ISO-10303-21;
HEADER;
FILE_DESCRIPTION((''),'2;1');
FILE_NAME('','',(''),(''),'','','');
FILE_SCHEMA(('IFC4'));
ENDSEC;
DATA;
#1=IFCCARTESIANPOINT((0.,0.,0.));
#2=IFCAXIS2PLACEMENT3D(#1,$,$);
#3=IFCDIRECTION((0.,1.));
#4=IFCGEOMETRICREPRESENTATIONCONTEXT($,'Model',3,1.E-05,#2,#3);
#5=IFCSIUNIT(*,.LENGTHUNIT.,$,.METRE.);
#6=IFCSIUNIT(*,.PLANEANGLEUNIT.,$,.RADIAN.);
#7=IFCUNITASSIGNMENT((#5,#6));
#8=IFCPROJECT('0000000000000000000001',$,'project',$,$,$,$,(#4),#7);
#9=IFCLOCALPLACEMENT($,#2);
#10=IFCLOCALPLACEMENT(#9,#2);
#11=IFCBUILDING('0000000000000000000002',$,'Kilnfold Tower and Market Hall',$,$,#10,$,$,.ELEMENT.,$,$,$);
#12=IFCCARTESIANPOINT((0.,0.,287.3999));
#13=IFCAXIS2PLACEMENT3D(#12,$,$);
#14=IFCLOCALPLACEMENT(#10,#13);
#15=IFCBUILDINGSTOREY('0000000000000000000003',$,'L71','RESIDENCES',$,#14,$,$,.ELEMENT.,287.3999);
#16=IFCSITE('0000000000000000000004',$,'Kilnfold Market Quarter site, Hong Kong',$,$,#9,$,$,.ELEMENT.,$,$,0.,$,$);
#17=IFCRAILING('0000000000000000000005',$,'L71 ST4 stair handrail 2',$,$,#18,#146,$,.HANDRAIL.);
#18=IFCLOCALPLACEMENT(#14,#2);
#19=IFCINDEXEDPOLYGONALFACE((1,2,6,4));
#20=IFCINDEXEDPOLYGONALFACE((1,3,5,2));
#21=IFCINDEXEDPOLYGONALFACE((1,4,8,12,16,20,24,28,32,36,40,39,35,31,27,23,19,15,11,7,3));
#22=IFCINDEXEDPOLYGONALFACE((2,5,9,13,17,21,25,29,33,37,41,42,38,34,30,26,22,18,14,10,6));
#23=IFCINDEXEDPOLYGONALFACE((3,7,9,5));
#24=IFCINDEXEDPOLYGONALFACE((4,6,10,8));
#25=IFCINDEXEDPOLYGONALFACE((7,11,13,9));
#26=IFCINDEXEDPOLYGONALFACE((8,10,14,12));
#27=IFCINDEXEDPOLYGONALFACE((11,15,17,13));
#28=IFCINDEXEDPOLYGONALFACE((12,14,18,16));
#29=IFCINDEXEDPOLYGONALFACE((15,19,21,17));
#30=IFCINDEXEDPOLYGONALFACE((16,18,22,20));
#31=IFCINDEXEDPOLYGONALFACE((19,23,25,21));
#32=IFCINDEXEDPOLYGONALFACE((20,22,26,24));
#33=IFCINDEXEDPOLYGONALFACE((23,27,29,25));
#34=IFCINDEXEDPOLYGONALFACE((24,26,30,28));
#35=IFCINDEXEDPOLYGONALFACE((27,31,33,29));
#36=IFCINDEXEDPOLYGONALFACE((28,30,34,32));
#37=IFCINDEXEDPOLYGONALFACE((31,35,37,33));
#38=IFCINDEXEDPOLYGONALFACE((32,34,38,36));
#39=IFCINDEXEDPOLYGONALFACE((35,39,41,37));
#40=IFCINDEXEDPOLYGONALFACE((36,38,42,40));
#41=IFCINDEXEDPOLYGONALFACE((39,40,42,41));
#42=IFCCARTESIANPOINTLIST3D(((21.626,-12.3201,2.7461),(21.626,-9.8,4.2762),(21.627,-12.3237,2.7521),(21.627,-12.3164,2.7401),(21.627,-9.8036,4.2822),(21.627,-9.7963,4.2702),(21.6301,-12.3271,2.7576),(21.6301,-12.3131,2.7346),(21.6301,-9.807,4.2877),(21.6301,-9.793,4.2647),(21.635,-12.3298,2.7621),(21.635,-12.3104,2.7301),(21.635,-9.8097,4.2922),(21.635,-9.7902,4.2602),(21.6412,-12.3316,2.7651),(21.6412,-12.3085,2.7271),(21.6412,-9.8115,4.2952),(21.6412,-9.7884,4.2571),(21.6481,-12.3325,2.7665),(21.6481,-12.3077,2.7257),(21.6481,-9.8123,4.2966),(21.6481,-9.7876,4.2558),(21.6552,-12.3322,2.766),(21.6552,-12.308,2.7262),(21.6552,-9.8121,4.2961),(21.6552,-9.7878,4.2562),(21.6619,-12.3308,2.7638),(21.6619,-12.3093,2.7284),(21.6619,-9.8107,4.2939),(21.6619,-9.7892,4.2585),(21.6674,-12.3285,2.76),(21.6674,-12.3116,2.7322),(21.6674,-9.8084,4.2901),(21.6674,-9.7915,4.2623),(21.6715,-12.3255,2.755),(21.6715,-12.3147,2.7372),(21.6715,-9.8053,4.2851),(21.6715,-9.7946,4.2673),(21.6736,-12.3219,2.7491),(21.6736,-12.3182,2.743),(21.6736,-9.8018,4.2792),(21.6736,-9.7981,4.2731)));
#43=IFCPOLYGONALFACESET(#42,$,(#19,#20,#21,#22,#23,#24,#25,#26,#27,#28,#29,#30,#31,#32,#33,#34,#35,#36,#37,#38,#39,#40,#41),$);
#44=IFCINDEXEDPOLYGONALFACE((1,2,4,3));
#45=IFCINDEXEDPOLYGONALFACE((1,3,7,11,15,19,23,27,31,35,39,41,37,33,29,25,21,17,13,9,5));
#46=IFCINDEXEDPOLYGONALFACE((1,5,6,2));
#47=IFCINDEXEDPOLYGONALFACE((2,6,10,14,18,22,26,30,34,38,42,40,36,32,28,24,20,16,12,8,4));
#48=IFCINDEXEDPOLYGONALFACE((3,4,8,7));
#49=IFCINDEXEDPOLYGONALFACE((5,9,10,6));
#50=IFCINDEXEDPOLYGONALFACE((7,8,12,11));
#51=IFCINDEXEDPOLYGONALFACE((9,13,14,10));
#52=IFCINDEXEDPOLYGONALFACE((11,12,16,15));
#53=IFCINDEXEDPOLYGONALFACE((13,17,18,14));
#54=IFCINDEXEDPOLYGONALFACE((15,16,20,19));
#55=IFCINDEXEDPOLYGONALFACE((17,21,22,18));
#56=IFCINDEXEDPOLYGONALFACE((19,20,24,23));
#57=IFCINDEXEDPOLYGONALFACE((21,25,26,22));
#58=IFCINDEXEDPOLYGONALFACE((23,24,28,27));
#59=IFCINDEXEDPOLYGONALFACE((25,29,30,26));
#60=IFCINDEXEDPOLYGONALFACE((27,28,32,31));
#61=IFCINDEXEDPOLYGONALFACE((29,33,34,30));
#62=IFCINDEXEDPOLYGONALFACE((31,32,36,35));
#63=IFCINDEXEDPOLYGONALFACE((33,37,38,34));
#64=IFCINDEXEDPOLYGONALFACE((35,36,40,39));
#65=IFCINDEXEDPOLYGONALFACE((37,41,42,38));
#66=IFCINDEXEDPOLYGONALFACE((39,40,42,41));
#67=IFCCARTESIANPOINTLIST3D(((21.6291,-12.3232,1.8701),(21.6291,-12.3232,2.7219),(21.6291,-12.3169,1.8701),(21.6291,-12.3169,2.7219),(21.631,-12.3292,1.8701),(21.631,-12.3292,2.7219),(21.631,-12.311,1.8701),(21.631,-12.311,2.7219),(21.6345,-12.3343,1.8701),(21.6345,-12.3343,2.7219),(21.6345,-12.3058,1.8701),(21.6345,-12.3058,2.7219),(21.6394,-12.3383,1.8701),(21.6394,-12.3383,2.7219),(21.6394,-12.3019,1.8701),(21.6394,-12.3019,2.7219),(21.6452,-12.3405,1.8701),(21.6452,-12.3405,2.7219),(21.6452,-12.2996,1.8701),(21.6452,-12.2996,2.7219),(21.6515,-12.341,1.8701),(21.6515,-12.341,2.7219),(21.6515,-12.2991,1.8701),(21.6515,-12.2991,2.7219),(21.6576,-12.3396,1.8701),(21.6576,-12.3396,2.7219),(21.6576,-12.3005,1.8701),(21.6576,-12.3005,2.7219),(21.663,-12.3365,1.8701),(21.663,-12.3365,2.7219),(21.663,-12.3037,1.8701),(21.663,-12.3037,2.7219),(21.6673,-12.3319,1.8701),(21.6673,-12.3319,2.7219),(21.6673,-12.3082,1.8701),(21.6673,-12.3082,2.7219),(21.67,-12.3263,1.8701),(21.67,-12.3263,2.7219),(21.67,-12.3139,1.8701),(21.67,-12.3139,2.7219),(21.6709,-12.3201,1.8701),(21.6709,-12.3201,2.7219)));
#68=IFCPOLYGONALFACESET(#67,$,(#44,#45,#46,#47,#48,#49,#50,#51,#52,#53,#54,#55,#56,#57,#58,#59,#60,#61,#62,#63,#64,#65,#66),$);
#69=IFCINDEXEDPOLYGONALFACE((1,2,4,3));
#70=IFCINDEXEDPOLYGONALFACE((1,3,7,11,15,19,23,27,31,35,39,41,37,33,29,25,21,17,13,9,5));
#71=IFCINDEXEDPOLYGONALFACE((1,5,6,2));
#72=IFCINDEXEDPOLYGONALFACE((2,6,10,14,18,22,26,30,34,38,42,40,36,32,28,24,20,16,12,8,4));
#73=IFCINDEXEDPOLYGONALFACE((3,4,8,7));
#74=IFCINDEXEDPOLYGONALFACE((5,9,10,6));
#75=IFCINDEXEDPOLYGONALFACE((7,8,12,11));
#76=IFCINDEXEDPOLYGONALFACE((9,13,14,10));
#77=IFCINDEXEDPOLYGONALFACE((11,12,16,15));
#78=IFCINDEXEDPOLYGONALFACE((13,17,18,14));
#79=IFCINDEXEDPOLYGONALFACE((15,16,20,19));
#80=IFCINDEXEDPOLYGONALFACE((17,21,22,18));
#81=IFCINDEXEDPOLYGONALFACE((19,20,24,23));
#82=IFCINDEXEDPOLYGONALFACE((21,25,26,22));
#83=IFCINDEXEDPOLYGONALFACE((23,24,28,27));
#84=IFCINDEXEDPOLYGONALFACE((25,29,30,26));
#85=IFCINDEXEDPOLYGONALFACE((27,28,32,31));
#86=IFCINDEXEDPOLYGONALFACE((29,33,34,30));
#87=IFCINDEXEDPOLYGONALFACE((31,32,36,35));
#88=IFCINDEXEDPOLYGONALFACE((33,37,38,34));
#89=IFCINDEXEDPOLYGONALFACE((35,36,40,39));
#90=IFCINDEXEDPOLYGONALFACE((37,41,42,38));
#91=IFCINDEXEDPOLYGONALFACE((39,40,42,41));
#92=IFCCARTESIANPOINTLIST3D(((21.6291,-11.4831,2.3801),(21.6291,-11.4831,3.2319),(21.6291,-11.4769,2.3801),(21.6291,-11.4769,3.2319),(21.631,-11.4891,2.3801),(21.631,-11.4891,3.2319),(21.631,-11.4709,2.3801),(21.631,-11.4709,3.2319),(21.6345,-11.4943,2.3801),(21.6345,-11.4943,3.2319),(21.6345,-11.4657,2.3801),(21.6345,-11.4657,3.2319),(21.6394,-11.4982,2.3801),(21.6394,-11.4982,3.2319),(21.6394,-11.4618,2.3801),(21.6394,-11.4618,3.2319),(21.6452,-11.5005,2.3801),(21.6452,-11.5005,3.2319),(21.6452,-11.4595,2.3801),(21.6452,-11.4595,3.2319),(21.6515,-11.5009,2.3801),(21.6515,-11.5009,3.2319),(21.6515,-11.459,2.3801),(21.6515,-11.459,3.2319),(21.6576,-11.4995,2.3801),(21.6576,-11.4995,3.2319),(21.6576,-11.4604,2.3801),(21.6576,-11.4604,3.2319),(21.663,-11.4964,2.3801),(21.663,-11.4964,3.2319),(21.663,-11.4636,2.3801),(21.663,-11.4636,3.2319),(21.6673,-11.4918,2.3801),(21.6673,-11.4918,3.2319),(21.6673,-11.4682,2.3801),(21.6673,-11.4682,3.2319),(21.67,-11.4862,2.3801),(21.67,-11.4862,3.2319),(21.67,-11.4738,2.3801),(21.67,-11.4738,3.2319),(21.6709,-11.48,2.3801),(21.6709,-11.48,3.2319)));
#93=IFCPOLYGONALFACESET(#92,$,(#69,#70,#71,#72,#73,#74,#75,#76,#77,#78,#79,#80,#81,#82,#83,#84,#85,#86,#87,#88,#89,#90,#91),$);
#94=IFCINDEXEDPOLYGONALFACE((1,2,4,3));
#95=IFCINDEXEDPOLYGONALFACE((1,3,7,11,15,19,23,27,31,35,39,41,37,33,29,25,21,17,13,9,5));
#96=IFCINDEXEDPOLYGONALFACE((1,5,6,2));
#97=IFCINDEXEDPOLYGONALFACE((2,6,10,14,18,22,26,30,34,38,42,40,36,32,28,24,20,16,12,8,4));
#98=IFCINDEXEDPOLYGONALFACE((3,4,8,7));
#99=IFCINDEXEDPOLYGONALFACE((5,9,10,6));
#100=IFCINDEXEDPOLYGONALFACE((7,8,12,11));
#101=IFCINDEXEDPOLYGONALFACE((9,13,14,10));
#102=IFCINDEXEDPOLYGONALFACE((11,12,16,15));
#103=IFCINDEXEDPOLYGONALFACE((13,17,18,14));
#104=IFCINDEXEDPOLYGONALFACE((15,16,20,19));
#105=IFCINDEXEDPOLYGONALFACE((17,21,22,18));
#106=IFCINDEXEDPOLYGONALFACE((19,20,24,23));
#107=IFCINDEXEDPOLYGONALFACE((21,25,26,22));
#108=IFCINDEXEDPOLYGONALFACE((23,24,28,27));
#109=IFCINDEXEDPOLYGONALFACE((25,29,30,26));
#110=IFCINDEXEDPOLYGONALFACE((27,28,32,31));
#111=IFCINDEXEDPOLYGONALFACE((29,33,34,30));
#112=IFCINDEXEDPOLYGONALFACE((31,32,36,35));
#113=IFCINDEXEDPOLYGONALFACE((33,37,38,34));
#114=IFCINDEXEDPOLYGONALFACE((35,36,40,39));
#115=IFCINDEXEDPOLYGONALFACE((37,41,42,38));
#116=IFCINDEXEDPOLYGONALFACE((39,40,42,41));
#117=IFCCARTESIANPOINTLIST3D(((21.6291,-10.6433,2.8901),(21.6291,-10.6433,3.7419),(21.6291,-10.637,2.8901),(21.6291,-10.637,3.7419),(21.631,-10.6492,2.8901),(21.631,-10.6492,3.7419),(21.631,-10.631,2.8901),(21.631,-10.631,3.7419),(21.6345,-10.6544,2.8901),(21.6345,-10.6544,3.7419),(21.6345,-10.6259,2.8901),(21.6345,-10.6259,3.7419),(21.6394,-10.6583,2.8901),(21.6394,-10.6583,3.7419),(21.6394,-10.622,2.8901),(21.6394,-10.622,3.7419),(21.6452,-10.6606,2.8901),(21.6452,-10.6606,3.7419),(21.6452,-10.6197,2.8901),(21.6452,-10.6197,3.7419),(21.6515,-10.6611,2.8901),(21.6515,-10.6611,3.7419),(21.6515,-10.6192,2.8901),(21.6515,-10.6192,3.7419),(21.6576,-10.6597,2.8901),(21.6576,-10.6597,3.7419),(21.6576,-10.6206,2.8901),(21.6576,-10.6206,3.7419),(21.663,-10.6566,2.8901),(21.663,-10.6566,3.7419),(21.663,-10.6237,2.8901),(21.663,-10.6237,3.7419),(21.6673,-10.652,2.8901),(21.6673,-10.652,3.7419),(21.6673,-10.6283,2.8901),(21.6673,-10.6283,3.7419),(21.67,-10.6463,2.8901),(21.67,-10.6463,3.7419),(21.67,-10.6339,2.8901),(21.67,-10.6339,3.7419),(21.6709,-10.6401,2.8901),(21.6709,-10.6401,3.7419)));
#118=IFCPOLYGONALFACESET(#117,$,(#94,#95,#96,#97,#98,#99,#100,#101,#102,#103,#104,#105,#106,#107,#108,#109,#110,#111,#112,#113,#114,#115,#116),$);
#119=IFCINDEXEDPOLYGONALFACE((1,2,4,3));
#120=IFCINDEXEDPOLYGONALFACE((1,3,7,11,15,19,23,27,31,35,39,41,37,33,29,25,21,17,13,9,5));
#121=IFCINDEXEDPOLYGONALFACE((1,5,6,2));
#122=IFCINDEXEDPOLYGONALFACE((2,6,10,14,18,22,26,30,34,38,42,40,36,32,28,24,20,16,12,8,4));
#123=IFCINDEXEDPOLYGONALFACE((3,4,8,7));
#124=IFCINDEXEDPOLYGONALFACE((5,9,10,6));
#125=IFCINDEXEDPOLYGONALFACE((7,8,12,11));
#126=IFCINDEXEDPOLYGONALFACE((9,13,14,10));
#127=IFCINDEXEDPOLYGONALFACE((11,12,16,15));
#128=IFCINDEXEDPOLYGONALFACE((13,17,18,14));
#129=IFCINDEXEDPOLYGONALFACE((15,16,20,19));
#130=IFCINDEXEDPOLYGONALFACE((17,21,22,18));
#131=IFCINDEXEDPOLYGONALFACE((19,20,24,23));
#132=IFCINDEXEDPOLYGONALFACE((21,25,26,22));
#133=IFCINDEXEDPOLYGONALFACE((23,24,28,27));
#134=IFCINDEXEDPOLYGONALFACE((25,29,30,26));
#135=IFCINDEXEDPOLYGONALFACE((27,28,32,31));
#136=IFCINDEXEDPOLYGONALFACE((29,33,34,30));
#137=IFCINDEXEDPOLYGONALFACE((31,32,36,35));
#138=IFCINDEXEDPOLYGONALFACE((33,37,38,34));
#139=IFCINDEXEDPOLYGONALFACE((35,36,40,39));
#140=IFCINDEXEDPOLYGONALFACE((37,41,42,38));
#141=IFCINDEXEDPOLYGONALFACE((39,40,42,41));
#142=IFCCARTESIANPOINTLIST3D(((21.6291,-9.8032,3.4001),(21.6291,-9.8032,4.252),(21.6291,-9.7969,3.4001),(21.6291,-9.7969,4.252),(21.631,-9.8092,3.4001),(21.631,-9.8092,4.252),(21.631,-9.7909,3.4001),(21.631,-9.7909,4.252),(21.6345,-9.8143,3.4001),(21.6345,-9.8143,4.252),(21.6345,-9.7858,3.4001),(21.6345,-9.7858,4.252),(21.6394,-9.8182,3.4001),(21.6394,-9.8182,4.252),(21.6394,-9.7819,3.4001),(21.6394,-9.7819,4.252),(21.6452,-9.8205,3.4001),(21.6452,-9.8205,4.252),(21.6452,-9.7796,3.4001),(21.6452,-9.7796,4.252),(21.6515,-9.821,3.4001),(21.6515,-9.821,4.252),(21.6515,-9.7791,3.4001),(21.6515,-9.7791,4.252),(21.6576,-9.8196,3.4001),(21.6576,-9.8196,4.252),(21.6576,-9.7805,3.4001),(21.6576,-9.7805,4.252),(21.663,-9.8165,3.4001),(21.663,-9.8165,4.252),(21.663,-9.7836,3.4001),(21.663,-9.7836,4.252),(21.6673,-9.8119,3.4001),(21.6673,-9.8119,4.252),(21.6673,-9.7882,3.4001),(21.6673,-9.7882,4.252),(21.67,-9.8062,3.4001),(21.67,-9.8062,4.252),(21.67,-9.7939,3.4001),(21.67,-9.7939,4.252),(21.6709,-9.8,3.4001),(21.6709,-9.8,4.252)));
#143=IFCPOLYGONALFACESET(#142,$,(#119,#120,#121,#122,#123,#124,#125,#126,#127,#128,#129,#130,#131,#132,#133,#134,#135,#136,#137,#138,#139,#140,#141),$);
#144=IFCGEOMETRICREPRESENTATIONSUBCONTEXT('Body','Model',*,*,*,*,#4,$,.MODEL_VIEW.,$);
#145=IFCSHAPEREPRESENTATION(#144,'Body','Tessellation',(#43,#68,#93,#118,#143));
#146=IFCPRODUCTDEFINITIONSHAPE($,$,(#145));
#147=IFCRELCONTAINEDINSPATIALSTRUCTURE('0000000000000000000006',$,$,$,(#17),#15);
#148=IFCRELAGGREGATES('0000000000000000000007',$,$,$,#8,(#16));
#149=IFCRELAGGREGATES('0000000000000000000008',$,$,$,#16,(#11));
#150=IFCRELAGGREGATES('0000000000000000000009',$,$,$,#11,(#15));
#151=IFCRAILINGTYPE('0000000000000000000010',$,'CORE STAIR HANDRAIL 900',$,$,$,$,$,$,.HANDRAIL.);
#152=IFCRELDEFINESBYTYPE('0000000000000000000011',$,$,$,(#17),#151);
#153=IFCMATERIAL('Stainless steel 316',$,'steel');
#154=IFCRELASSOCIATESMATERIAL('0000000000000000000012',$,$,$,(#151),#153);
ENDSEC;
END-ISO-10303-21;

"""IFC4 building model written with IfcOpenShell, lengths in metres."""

from ifc_helpers import new_model, si_unit, direction, frame, origin, origin_2d, place, context, subcontext, project, spatial, circle, extrude, material, type_object, element, save


model = new_model("IFC4")

# Units and contexts
model_context = context("Model", 3, precision=1e-05, world=origin(), true_north=direction((0.0, 1.0)))
body_context = subcontext(model_context, "Body", "Model", "MODEL_VIEW")
ifc_project = project(units=[si_unit("LENGTHUNIT", "METRE"), si_unit("PLANEANGLEUNIT", "RADIAN")], contexts=[model_context])

# Site, building, storey
site_placement = place(None, origin())
site = spatial("IfcSite", under=ifc_project, at=site_placement, Name="Kilnfold Market Quarter site, Hong Kong", CompositionType="ELEMENT", RefElevation=0.0)
building_placement = place(site_placement, origin())
building = spatial("IfcBuilding", under=site, at=building_placement, Name="Kilnfold Tower and Market Hall", CompositionType="ELEMENT")
storey_placement = place(building_placement, frame((0.0, 0.0, 287.3999)))
storey = spatial("IfcBuildingStorey", under=building, at=storey_placement, Name="L71", Description="RESIDENCES", CompositionType="ELEMENT", Elevation=287.3999)

# Railing
ifc_material_1 = material(Name="Stainless steel 316", Category="steel")
railing_type = type_object("IfcRailingType", Name="CORE STAIR HANDRAIL 900", PredefinedType="HANDRAIL", material=ifc_material_1)
railing_1_placement = place(storey_placement, frame((21.6499, -12.3201, 1.8701)))
element("IfcRailing", 1, at=railing_1_placement, inside=storey, type_object=railing_type, Name="L71 ST4 stair handrail 2", PredefinedType="HANDRAIL", context=body_context, shape_type="SweptSolid", body=[
    extrude(circle(Radius=0.0239, at=origin_2d()), frame((0.0, 0.0, 0.876), z_axis=(0.0, 0.854785, 0.518982), x_axis=(-1.0, 0.0, 0.0)), (0.0, 0.0, 1.0), 2.9482),
    extrude(circle(Radius=0.021, at=origin_2d()), origin(), (0.0, 0.0, 1.0), 0.8518),
    extrude(circle(Radius=0.021, at=origin_2d()), frame((0.0, 0.8401, 0.51)), (0.0, 0.0, 1.0), 0.8518),
    extrude(circle(Radius=0.021, at=origin_2d()), frame((0.0, 1.6799, 1.02)), (0.0, 0.0, 1.0), 0.8518),
    extrude(circle(Radius=0.021, at=origin_2d()), frame((0.0, 2.52, 1.53)), (0.0, 0.0, 1.0), 0.8518),
])

save(model, "model.ifc")
